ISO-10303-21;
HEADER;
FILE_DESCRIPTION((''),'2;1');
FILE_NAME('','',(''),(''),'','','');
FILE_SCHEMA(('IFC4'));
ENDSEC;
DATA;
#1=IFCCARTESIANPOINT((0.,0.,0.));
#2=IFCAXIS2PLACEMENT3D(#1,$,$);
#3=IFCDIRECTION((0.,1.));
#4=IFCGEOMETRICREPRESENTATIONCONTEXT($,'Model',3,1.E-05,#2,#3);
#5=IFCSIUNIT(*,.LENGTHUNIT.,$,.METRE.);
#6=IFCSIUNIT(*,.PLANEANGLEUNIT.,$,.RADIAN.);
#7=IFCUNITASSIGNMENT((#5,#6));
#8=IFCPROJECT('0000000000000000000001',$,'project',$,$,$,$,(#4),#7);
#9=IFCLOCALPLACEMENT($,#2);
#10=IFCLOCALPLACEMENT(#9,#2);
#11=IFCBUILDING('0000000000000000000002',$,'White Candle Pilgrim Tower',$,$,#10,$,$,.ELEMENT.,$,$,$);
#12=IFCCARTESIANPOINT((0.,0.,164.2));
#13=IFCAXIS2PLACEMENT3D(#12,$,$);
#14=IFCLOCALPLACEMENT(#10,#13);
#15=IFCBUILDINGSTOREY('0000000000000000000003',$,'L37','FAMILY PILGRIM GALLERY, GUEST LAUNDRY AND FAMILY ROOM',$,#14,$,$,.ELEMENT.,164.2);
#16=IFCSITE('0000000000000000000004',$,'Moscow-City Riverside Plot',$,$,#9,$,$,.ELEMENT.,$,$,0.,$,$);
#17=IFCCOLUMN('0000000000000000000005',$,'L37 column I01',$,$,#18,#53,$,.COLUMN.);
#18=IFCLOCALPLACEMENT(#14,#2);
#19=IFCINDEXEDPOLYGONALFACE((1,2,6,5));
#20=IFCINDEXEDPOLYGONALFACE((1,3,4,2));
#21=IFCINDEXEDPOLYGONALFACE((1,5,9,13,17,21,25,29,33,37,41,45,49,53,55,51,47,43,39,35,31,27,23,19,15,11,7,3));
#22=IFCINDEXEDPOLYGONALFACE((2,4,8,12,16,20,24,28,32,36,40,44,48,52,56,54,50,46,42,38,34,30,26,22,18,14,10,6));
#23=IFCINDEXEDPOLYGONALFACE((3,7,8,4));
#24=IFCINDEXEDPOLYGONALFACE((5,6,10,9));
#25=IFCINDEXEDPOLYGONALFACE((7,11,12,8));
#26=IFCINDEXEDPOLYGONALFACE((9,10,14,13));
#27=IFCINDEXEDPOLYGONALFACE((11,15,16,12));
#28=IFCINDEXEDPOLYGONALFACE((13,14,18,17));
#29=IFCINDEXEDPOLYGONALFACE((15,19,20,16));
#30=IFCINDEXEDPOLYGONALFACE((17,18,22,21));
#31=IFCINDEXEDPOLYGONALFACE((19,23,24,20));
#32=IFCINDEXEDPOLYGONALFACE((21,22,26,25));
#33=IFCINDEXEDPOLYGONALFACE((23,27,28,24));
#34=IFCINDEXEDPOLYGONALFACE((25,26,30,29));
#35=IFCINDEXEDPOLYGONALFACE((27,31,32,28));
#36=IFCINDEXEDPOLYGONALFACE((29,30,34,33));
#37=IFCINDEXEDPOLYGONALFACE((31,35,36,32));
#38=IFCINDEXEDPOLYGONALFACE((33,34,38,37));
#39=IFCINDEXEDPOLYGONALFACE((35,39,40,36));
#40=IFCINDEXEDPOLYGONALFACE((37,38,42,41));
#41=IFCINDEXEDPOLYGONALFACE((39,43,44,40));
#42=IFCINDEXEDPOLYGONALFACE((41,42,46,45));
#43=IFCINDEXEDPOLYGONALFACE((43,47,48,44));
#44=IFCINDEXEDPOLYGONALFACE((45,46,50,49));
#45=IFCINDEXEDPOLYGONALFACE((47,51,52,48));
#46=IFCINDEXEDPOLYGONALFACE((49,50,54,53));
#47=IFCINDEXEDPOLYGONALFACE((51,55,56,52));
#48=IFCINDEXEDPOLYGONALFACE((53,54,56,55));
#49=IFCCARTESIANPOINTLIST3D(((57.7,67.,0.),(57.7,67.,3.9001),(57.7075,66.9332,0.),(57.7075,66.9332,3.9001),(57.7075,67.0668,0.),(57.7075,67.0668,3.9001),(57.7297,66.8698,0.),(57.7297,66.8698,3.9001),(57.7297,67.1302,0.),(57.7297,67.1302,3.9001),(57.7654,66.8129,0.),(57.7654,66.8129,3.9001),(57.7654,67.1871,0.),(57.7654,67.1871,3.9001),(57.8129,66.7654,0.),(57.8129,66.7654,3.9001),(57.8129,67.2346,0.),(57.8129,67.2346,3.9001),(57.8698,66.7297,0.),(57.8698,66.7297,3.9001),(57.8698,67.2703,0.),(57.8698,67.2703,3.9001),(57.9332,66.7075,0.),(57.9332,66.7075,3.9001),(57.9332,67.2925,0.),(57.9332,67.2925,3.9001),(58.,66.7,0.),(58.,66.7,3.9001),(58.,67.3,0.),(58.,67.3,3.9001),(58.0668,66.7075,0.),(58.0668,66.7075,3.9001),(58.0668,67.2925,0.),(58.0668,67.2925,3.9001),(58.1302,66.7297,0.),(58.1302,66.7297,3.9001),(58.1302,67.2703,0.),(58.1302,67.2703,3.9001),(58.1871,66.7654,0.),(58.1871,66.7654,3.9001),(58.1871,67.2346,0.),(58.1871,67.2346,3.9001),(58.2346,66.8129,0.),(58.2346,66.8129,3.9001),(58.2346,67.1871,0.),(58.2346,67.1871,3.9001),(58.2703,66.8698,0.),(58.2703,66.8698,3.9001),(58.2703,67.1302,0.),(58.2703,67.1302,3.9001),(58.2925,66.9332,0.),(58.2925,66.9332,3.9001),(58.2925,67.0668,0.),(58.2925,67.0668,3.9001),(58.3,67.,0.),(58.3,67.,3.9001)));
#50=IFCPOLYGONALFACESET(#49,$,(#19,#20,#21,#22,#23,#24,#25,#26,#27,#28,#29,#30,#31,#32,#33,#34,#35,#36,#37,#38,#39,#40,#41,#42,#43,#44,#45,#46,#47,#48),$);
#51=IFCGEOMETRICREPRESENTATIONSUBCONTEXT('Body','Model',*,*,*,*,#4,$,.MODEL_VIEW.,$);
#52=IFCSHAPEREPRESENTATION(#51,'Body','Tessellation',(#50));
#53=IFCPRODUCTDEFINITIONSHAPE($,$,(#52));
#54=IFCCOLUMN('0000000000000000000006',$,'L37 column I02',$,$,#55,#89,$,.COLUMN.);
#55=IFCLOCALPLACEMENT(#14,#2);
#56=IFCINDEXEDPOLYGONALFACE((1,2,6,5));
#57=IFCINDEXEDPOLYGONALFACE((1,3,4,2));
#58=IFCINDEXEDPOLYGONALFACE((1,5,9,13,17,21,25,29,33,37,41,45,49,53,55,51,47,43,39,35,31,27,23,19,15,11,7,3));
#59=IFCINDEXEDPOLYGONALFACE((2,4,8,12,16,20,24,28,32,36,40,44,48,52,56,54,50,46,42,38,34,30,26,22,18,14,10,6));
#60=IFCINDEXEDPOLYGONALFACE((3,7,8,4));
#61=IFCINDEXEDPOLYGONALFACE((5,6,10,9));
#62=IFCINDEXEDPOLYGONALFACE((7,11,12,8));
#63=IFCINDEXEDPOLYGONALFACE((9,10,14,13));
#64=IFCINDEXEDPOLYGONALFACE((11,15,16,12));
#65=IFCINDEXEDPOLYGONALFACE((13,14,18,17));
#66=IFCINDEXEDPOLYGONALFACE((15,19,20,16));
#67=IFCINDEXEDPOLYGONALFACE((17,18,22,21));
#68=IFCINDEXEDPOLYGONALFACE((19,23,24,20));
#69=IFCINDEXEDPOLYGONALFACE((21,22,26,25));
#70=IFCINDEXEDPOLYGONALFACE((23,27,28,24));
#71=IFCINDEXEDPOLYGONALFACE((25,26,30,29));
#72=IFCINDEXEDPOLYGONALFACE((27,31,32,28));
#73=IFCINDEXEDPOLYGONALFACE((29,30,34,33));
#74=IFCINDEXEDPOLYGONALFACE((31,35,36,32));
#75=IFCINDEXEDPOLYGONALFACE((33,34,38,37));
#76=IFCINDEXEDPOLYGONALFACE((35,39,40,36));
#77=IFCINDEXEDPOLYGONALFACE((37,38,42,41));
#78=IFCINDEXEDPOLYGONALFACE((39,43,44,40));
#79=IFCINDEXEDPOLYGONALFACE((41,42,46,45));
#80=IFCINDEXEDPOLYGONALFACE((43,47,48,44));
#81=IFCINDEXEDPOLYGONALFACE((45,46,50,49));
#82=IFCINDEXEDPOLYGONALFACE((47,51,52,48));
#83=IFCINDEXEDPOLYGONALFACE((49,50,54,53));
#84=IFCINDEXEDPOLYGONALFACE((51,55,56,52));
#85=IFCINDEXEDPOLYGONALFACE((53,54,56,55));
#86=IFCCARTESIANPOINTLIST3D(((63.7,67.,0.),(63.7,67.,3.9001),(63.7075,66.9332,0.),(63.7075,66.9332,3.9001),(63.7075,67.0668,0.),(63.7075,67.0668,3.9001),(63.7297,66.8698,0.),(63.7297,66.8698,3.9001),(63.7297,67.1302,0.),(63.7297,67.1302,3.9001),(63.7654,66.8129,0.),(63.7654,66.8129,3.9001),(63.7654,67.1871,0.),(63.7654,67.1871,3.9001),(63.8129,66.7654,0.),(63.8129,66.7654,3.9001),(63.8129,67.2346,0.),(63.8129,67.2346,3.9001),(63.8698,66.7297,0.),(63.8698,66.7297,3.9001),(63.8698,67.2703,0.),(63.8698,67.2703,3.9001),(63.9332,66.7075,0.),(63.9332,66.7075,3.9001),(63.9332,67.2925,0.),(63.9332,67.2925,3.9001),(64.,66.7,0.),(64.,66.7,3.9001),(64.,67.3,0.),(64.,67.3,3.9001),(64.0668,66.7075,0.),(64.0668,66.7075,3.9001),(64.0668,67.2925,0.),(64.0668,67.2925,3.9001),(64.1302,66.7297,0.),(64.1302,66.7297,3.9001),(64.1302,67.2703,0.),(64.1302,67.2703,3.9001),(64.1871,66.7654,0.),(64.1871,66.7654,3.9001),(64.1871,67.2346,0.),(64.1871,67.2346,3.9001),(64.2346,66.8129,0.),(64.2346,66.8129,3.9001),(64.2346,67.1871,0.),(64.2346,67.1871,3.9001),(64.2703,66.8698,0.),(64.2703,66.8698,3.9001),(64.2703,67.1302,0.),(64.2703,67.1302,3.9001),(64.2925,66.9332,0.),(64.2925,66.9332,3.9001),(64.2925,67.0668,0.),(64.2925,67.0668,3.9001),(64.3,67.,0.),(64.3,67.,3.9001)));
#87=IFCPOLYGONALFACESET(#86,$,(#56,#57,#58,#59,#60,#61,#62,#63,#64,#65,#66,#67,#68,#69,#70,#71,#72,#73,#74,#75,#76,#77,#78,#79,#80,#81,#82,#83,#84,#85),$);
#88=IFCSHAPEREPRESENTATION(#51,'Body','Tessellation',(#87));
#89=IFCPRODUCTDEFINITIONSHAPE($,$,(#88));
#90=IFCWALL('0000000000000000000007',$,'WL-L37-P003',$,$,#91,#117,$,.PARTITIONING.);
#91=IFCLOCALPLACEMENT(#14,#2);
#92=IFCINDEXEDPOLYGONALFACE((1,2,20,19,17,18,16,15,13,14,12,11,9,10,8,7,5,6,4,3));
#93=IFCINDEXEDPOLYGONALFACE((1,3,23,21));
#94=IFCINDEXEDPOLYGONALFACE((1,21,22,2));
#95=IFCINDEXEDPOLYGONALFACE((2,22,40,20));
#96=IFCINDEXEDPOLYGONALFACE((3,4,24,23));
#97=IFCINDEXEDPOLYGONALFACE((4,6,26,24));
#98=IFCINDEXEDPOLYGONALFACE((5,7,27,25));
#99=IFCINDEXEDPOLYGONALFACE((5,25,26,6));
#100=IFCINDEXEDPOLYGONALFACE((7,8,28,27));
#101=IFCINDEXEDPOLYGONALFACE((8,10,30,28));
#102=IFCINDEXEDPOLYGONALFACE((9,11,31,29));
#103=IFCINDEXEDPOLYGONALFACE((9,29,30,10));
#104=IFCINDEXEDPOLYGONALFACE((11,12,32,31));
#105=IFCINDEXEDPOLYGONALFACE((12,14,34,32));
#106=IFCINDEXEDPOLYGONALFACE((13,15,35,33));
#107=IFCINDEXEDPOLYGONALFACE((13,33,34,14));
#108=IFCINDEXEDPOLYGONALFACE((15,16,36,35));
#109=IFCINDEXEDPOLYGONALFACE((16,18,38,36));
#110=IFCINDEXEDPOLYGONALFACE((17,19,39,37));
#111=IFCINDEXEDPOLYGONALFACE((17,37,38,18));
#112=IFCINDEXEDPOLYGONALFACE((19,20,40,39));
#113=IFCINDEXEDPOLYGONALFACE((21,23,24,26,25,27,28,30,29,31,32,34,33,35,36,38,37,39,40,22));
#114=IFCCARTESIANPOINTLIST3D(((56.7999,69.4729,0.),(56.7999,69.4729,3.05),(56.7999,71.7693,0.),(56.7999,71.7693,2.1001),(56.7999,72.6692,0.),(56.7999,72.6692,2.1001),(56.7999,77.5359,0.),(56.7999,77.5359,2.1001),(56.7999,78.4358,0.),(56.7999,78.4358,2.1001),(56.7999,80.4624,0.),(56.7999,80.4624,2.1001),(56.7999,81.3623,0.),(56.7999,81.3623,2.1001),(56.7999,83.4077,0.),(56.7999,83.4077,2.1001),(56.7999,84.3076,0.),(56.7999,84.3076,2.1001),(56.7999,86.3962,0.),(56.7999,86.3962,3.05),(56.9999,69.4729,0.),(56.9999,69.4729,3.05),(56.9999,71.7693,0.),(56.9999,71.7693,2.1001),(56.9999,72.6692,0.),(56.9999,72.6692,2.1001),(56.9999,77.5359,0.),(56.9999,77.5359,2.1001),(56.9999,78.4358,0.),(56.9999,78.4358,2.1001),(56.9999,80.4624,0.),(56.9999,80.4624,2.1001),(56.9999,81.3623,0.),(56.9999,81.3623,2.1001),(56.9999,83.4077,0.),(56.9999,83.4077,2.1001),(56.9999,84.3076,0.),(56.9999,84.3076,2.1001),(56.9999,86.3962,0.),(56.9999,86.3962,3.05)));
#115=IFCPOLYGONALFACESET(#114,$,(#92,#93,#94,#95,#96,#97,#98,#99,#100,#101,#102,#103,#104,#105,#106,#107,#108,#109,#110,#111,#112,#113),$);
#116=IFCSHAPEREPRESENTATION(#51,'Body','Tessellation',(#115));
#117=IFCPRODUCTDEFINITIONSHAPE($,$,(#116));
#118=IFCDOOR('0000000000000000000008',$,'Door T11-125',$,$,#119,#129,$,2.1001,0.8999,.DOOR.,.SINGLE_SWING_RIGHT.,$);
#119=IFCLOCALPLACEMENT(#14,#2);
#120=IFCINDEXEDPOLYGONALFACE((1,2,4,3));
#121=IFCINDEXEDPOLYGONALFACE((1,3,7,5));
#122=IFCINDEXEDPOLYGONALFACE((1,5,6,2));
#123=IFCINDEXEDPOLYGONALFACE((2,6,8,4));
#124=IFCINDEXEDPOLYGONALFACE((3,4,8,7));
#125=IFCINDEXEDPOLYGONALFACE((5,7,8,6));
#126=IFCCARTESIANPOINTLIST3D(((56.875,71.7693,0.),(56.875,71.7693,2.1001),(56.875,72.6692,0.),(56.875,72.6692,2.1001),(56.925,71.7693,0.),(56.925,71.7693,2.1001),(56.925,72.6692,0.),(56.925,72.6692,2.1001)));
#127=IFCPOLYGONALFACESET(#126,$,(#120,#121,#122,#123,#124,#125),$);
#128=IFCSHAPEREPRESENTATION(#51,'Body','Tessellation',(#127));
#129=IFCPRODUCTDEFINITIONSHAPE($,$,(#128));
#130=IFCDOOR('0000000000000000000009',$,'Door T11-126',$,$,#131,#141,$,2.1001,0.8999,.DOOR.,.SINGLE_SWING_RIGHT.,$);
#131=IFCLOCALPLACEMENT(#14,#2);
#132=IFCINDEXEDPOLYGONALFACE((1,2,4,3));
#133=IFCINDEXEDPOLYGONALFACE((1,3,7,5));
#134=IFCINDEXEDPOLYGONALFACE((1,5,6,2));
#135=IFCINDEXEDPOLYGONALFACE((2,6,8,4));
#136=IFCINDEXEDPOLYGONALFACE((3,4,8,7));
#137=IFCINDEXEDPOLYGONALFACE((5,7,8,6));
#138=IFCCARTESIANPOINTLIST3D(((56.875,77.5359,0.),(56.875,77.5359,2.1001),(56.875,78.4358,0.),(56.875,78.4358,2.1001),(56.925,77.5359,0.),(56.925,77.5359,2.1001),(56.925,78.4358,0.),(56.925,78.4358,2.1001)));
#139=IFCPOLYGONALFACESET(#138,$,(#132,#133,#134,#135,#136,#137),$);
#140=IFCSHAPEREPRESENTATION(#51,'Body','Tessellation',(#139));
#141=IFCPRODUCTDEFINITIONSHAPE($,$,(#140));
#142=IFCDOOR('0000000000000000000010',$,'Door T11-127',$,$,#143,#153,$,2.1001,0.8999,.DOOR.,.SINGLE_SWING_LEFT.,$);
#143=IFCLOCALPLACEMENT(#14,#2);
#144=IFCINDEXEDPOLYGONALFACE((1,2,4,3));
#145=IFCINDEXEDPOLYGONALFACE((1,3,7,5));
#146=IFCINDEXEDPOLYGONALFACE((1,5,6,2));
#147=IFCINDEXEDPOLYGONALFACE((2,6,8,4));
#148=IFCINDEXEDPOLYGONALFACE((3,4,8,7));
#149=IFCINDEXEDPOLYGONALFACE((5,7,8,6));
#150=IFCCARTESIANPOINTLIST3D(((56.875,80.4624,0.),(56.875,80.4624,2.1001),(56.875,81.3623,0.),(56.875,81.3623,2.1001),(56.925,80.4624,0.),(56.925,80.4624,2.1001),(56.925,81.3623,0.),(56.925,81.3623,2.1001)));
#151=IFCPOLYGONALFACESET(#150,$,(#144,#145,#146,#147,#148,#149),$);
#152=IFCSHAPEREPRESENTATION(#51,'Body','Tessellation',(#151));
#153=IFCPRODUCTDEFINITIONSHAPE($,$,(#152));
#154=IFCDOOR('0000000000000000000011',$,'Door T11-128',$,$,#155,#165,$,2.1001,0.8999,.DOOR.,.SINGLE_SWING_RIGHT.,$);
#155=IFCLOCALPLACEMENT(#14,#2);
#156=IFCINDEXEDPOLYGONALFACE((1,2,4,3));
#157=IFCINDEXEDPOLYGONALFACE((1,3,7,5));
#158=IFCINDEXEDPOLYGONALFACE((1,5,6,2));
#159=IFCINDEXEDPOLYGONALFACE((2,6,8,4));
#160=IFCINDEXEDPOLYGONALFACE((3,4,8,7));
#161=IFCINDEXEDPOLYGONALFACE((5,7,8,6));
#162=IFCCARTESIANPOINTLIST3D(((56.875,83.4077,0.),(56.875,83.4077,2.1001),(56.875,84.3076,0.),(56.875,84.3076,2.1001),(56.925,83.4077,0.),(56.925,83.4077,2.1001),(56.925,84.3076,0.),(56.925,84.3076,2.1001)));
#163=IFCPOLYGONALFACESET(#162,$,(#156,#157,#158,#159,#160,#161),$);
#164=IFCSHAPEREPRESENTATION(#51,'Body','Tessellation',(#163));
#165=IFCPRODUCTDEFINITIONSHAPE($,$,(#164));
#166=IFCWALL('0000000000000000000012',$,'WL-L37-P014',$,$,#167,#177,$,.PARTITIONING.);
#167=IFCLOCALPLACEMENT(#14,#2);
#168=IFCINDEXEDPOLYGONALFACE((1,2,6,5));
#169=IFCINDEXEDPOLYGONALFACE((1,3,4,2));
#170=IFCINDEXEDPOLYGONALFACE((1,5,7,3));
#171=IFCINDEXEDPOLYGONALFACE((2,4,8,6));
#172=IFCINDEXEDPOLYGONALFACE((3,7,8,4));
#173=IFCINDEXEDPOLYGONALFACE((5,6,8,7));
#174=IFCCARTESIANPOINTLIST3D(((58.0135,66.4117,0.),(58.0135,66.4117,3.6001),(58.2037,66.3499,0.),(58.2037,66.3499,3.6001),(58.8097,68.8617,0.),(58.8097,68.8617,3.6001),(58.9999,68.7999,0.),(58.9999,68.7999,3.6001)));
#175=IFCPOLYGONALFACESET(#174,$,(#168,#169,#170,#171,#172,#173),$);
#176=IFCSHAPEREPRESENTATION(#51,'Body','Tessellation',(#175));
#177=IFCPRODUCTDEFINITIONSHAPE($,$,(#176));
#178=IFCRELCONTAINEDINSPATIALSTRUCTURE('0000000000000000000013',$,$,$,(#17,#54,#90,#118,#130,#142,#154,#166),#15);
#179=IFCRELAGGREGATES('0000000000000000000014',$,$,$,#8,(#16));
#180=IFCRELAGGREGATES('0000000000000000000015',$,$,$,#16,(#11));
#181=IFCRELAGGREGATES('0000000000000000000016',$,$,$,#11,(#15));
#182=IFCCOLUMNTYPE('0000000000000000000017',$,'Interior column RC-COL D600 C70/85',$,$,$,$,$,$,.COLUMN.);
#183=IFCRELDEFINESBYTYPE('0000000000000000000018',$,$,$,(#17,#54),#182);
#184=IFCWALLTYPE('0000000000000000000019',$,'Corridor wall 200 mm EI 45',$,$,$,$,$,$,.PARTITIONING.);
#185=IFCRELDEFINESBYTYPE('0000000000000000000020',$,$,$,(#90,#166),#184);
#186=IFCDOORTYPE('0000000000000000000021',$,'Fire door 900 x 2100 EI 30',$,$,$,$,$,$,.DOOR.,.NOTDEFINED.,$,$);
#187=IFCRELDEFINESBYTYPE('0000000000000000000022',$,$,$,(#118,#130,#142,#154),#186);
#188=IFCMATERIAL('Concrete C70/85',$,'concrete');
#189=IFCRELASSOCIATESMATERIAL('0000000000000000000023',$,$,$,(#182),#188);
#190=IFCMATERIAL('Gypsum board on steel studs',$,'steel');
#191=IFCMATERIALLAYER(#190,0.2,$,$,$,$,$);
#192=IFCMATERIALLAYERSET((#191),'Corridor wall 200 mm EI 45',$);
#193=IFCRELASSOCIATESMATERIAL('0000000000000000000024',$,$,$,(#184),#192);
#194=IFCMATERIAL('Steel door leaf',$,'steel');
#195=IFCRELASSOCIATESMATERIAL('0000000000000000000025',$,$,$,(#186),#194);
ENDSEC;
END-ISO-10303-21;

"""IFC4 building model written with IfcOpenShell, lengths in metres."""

from ifc_helpers import new_model, si_unit, direction, frame, frame_2d, origin, origin_2d, place, context, subcontext, project, spatial, rectangle, circle, extrude, material, layer, layer_set, material_profile, profile_set, type_object, element, fill, save


model = new_model("IFC4")

# Units and contexts
model_context = context("Model", 3, precision=1e-05, world=origin(), true_north=direction((0.0, 1.0)))
body_context = subcontext(model_context, "Body", "Model", "MODEL_VIEW")
ifc_project = project(units=[si_unit("LENGTHUNIT", "METRE"), si_unit("PLANEANGLEUNIT", "RADIAN")], contexts=[model_context])

# Site, building, storey
site_placement = place(None, origin())
site = spatial("IfcSite", under=ifc_project, at=site_placement, Name="Moscow-City Riverside Plot", CompositionType="ELEMENT", RefElevation=0.0)
building_placement = place(site_placement, origin())
building = spatial("IfcBuilding", under=site, at=building_placement, Name="White Candle Pilgrim Tower", CompositionType="ELEMENT")
storey_placement = place(building_placement, frame((0.0, 0.0, 164.2)))
storey = spatial("IfcBuildingStorey", under=building, at=storey_placement, Name="L37", Description="FAMILY PILGRIM GALLERY, GUEST LAUNDRY AND FAMILY ROOM", CompositionType="ELEMENT", Elevation=164.2)

# Columns
ifc_material_1 = material(Name="Concrete C70/85", Category="concrete")
ifc_material_profile = material_profile(ifc_material_1, circle(Radius=0.3, at=origin_2d()), Name="RC-COL D600")
ifc_profile_set = profile_set([ifc_material_profile], Name="Concrete C70/85")
column_type = type_object("IfcColumnType", Name="Interior column RC-COL D600 C70/85", PredefinedType="COLUMN", material=ifc_profile_set)
for number, where, z_axis, x_axis, name in (
    (1, (58.0, 67.0, 0.0), (0.0, 0.0, 1.0), (1.0, 0.0, 0.0), "L37 column I01"),
    (2, (64.0, 67.0, 0.0), (0.0, 0.0, 1.0), (1.0, 0.0, 0.0), "L37 column I02"),
):
    element("IfcColumn", number, at=place(storey_placement, frame(where, z_axis=z_axis, x_axis=x_axis)), inside=storey, type_object=column_type, Name=name, PredefinedType="COLUMN", context=body_context, shape_type="SweptSolid", body=[
        extrude(circle(Radius=0.3, at=origin_2d()), origin(), (0.0, 0.0, 1.0), 3.9001),
    ])

# Wall, openings, doors
ifc_material_2 = material(Name="Gypsum board on steel studs", Category="steel")
ifc_layer_1 = layer(ifc_material_2, 0.2)
ifc_layer_set_1 = layer_set([ifc_layer_1], Name="Corridor wall 200 mm EI 45")
wall_type_1 = type_object("IfcWallType", Name="Corridor wall 200 mm EI 45", PredefinedType="PARTITIONING", material=ifc_layer_set_1)
wall_1_placement = place(storey_placement, frame((56.8999, 69.4729, 0.0), z_axis=(0.0, 0.0, 1.0), x_axis=(0.0, 1.0, 0.0)))
wall_1 = element("IfcWall", 3, at=wall_1_placement, inside=storey, type_object=wall_type_1, Name="WL-L37-P003", PredefinedType="PARTITIONING", context=body_context, shape_type="SweptSolid", body=[
    extrude(rectangle(XDim=16.9233, YDim=0.2, at=frame_2d((8.4617, 0.0))), origin(), (0.0, 0.0, 1.0), 3.05),
])
opening_1_placement = place(wall_1_placement, frame((2.2964, 0.0, 0.0)))
opening_1 = element("IfcOpeningElement", 4, at=opening_1_placement, cuts=wall_1, PredefinedType="OPENING", context=body_context, shape_type="SweptSolid", body=[
    extrude(rectangle(XDim=0.8999, YDim=2.1001, at=frame_2d((0.45, 1.05))), frame((0.0, 0.1099, 0.0), z_axis=(0.0, -1.0, 0.0), x_axis=(1.0, 0.0, 0.0)), (0.0, 0.0, 1.0), 0.22),
])
opening_2_placement = place(wall_1_placement, frame((8.063, 0.0, 0.0)))
opening_2 = element("IfcOpeningElement", 5, at=opening_2_placement, cuts=wall_1, PredefinedType="OPENING", context=body_context, shape_type="SweptSolid", body=[
    extrude(rectangle(XDim=0.8999, YDim=2.1001, at=frame_2d((0.45, 1.05))), frame((0.0, 0.1099, 0.0), z_axis=(0.0, -1.0, 0.0), x_axis=(1.0, 0.0, 0.0)), (0.0, 0.0, 1.0), 0.22),
])
opening_3_placement = place(wall_1_placement, frame((10.9895, 0.0, 0.0)))
opening_3 = element("IfcOpeningElement", 6, at=opening_3_placement, cuts=wall_1, PredefinedType="OPENING", context=body_context, shape_type="SweptSolid", body=[
    extrude(rectangle(XDim=0.8999, YDim=2.1001, at=frame_2d((0.45, 1.05))), frame((0.0, 0.1099, 0.0), z_axis=(0.0, -1.0, 0.0), x_axis=(1.0, 0.0, 0.0)), (0.0, 0.0, 1.0), 0.22),
])
opening_4_placement = place(wall_1_placement, frame((13.9348, 0.0, 0.0)))
opening_4 = element("IfcOpeningElement", 7, at=opening_4_placement, cuts=wall_1, PredefinedType="OPENING", context=body_context, shape_type="SweptSolid", body=[
    extrude(rectangle(XDim=0.8999, YDim=2.1001, at=frame_2d((0.45, 1.05))), frame((0.0, 0.1099, 0.0), z_axis=(0.0, -1.0, 0.0), x_axis=(1.0, 0.0, 0.0)), (0.0, 0.0, 1.0), 0.22),
])
ifc_material_3 = material(Name="Steel door leaf", Category="steel")
door_type_1 = type_object("IfcDoorType", Name="Fire door 900 x 2100 EI 30", OperationType="NOTDEFINED", PredefinedType="DOOR", material=ifc_material_3)
door_1_placement = place(opening_1_placement, origin())
door_1 = element("IfcDoor", 8, at=door_1_placement, inside=storey, type_object=door_type_1, Name="Door T11-125", OperationType="SINGLE_SWING_RIGHT", OverallHeight=2.1001, OverallWidth=0.8999, PredefinedType="DOOR", context=body_context, shape_type="SweptSolid", body=[
    extrude(rectangle(XDim=0.8999, YDim=2.1001, at=frame_2d((0.45, 1.05))), frame((0.0, 0.0249, 0.0), z_axis=(0.0, -1.0, 0.0), x_axis=(1.0, 0.0, 0.0)), (0.0, 0.0, 1.0), 0.05),
])
fill(opening_1, door_1)
door_2_placement = place(opening_2_placement, origin())
door_2 = element("IfcDoor", 9, at=door_2_placement, inside=storey, type_object=door_type_1, Name="Door T11-126", OperationType="SINGLE_SWING_RIGHT", OverallHeight=2.1001, OverallWidth=0.8999, PredefinedType="DOOR", context=body_context, shape_type="SweptSolid", body=[
    extrude(rectangle(XDim=0.8999, YDim=2.1001, at=frame_2d((0.45, 1.05))), frame((0.0, 0.0249, 0.0), z_axis=(0.0, -1.0, 0.0), x_axis=(1.0, 0.0, 0.0)), (0.0, 0.0, 1.0), 0.05),
])
fill(opening_2, door_2)
door_3_placement = place(opening_3_placement, origin())
door_3 = element("IfcDoor", 10, at=door_3_placement, inside=storey, type_object=door_type_1, Name="Door T11-127", OperationType="SINGLE_SWING_LEFT", OverallHeight=2.1001, OverallWidth=0.8999, PredefinedType="DOOR", context=body_context, shape_type="SweptSolid", body=[
    extrude(rectangle(XDim=0.8999, YDim=2.1001, at=frame_2d((0.45, 1.05))), frame((0.0, 0.0249, 0.0), z_axis=(0.0, -1.0, 0.0), x_axis=(1.0, 0.0, 0.0)), (0.0, 0.0, 1.0), 0.05),
])
fill(opening_3, door_3)
door_4_placement = place(opening_4_placement, origin())
door_4 = element("IfcDoor", 11, at=door_4_placement, inside=storey, type_object=door_type_1, Name="Door T11-128", OperationType="SINGLE_SWING_RIGHT", OverallHeight=2.1001, OverallWidth=0.8999, PredefinedType="DOOR", context=body_context, shape_type="SweptSolid", body=[
    extrude(rectangle(XDim=0.8999, YDim=2.1001, at=frame_2d((0.45, 1.05))), frame((0.0, 0.0249, 0.0), z_axis=(0.0, -1.0, 0.0), x_axis=(1.0, 0.0, 0.0)), (0.0, 0.0, 1.0), 0.05),
])
fill(opening_4, door_4)

# Wall
wall_2_placement = place(storey_placement, frame((58.9048, 68.8308, 0.0), z_axis=(0.0, 0.0, 1.0), x_axis=(-0.309054, -0.951045, 0.0)))
element("IfcWall", 12, at=wall_2_placement, inside=storey, type_object=wall_type_1, Name="WL-L37-P014", PredefinedType="PARTITIONING", context=body_context, shape_type="SweptSolid", body=[
    extrude(rectangle(XDim=2.5762, YDim=0.2, at=frame_2d((1.2881, 0.0))), origin(), (0.0, 0.0, 1.0), 3.6001),
])

save(model, "model.ifc")
